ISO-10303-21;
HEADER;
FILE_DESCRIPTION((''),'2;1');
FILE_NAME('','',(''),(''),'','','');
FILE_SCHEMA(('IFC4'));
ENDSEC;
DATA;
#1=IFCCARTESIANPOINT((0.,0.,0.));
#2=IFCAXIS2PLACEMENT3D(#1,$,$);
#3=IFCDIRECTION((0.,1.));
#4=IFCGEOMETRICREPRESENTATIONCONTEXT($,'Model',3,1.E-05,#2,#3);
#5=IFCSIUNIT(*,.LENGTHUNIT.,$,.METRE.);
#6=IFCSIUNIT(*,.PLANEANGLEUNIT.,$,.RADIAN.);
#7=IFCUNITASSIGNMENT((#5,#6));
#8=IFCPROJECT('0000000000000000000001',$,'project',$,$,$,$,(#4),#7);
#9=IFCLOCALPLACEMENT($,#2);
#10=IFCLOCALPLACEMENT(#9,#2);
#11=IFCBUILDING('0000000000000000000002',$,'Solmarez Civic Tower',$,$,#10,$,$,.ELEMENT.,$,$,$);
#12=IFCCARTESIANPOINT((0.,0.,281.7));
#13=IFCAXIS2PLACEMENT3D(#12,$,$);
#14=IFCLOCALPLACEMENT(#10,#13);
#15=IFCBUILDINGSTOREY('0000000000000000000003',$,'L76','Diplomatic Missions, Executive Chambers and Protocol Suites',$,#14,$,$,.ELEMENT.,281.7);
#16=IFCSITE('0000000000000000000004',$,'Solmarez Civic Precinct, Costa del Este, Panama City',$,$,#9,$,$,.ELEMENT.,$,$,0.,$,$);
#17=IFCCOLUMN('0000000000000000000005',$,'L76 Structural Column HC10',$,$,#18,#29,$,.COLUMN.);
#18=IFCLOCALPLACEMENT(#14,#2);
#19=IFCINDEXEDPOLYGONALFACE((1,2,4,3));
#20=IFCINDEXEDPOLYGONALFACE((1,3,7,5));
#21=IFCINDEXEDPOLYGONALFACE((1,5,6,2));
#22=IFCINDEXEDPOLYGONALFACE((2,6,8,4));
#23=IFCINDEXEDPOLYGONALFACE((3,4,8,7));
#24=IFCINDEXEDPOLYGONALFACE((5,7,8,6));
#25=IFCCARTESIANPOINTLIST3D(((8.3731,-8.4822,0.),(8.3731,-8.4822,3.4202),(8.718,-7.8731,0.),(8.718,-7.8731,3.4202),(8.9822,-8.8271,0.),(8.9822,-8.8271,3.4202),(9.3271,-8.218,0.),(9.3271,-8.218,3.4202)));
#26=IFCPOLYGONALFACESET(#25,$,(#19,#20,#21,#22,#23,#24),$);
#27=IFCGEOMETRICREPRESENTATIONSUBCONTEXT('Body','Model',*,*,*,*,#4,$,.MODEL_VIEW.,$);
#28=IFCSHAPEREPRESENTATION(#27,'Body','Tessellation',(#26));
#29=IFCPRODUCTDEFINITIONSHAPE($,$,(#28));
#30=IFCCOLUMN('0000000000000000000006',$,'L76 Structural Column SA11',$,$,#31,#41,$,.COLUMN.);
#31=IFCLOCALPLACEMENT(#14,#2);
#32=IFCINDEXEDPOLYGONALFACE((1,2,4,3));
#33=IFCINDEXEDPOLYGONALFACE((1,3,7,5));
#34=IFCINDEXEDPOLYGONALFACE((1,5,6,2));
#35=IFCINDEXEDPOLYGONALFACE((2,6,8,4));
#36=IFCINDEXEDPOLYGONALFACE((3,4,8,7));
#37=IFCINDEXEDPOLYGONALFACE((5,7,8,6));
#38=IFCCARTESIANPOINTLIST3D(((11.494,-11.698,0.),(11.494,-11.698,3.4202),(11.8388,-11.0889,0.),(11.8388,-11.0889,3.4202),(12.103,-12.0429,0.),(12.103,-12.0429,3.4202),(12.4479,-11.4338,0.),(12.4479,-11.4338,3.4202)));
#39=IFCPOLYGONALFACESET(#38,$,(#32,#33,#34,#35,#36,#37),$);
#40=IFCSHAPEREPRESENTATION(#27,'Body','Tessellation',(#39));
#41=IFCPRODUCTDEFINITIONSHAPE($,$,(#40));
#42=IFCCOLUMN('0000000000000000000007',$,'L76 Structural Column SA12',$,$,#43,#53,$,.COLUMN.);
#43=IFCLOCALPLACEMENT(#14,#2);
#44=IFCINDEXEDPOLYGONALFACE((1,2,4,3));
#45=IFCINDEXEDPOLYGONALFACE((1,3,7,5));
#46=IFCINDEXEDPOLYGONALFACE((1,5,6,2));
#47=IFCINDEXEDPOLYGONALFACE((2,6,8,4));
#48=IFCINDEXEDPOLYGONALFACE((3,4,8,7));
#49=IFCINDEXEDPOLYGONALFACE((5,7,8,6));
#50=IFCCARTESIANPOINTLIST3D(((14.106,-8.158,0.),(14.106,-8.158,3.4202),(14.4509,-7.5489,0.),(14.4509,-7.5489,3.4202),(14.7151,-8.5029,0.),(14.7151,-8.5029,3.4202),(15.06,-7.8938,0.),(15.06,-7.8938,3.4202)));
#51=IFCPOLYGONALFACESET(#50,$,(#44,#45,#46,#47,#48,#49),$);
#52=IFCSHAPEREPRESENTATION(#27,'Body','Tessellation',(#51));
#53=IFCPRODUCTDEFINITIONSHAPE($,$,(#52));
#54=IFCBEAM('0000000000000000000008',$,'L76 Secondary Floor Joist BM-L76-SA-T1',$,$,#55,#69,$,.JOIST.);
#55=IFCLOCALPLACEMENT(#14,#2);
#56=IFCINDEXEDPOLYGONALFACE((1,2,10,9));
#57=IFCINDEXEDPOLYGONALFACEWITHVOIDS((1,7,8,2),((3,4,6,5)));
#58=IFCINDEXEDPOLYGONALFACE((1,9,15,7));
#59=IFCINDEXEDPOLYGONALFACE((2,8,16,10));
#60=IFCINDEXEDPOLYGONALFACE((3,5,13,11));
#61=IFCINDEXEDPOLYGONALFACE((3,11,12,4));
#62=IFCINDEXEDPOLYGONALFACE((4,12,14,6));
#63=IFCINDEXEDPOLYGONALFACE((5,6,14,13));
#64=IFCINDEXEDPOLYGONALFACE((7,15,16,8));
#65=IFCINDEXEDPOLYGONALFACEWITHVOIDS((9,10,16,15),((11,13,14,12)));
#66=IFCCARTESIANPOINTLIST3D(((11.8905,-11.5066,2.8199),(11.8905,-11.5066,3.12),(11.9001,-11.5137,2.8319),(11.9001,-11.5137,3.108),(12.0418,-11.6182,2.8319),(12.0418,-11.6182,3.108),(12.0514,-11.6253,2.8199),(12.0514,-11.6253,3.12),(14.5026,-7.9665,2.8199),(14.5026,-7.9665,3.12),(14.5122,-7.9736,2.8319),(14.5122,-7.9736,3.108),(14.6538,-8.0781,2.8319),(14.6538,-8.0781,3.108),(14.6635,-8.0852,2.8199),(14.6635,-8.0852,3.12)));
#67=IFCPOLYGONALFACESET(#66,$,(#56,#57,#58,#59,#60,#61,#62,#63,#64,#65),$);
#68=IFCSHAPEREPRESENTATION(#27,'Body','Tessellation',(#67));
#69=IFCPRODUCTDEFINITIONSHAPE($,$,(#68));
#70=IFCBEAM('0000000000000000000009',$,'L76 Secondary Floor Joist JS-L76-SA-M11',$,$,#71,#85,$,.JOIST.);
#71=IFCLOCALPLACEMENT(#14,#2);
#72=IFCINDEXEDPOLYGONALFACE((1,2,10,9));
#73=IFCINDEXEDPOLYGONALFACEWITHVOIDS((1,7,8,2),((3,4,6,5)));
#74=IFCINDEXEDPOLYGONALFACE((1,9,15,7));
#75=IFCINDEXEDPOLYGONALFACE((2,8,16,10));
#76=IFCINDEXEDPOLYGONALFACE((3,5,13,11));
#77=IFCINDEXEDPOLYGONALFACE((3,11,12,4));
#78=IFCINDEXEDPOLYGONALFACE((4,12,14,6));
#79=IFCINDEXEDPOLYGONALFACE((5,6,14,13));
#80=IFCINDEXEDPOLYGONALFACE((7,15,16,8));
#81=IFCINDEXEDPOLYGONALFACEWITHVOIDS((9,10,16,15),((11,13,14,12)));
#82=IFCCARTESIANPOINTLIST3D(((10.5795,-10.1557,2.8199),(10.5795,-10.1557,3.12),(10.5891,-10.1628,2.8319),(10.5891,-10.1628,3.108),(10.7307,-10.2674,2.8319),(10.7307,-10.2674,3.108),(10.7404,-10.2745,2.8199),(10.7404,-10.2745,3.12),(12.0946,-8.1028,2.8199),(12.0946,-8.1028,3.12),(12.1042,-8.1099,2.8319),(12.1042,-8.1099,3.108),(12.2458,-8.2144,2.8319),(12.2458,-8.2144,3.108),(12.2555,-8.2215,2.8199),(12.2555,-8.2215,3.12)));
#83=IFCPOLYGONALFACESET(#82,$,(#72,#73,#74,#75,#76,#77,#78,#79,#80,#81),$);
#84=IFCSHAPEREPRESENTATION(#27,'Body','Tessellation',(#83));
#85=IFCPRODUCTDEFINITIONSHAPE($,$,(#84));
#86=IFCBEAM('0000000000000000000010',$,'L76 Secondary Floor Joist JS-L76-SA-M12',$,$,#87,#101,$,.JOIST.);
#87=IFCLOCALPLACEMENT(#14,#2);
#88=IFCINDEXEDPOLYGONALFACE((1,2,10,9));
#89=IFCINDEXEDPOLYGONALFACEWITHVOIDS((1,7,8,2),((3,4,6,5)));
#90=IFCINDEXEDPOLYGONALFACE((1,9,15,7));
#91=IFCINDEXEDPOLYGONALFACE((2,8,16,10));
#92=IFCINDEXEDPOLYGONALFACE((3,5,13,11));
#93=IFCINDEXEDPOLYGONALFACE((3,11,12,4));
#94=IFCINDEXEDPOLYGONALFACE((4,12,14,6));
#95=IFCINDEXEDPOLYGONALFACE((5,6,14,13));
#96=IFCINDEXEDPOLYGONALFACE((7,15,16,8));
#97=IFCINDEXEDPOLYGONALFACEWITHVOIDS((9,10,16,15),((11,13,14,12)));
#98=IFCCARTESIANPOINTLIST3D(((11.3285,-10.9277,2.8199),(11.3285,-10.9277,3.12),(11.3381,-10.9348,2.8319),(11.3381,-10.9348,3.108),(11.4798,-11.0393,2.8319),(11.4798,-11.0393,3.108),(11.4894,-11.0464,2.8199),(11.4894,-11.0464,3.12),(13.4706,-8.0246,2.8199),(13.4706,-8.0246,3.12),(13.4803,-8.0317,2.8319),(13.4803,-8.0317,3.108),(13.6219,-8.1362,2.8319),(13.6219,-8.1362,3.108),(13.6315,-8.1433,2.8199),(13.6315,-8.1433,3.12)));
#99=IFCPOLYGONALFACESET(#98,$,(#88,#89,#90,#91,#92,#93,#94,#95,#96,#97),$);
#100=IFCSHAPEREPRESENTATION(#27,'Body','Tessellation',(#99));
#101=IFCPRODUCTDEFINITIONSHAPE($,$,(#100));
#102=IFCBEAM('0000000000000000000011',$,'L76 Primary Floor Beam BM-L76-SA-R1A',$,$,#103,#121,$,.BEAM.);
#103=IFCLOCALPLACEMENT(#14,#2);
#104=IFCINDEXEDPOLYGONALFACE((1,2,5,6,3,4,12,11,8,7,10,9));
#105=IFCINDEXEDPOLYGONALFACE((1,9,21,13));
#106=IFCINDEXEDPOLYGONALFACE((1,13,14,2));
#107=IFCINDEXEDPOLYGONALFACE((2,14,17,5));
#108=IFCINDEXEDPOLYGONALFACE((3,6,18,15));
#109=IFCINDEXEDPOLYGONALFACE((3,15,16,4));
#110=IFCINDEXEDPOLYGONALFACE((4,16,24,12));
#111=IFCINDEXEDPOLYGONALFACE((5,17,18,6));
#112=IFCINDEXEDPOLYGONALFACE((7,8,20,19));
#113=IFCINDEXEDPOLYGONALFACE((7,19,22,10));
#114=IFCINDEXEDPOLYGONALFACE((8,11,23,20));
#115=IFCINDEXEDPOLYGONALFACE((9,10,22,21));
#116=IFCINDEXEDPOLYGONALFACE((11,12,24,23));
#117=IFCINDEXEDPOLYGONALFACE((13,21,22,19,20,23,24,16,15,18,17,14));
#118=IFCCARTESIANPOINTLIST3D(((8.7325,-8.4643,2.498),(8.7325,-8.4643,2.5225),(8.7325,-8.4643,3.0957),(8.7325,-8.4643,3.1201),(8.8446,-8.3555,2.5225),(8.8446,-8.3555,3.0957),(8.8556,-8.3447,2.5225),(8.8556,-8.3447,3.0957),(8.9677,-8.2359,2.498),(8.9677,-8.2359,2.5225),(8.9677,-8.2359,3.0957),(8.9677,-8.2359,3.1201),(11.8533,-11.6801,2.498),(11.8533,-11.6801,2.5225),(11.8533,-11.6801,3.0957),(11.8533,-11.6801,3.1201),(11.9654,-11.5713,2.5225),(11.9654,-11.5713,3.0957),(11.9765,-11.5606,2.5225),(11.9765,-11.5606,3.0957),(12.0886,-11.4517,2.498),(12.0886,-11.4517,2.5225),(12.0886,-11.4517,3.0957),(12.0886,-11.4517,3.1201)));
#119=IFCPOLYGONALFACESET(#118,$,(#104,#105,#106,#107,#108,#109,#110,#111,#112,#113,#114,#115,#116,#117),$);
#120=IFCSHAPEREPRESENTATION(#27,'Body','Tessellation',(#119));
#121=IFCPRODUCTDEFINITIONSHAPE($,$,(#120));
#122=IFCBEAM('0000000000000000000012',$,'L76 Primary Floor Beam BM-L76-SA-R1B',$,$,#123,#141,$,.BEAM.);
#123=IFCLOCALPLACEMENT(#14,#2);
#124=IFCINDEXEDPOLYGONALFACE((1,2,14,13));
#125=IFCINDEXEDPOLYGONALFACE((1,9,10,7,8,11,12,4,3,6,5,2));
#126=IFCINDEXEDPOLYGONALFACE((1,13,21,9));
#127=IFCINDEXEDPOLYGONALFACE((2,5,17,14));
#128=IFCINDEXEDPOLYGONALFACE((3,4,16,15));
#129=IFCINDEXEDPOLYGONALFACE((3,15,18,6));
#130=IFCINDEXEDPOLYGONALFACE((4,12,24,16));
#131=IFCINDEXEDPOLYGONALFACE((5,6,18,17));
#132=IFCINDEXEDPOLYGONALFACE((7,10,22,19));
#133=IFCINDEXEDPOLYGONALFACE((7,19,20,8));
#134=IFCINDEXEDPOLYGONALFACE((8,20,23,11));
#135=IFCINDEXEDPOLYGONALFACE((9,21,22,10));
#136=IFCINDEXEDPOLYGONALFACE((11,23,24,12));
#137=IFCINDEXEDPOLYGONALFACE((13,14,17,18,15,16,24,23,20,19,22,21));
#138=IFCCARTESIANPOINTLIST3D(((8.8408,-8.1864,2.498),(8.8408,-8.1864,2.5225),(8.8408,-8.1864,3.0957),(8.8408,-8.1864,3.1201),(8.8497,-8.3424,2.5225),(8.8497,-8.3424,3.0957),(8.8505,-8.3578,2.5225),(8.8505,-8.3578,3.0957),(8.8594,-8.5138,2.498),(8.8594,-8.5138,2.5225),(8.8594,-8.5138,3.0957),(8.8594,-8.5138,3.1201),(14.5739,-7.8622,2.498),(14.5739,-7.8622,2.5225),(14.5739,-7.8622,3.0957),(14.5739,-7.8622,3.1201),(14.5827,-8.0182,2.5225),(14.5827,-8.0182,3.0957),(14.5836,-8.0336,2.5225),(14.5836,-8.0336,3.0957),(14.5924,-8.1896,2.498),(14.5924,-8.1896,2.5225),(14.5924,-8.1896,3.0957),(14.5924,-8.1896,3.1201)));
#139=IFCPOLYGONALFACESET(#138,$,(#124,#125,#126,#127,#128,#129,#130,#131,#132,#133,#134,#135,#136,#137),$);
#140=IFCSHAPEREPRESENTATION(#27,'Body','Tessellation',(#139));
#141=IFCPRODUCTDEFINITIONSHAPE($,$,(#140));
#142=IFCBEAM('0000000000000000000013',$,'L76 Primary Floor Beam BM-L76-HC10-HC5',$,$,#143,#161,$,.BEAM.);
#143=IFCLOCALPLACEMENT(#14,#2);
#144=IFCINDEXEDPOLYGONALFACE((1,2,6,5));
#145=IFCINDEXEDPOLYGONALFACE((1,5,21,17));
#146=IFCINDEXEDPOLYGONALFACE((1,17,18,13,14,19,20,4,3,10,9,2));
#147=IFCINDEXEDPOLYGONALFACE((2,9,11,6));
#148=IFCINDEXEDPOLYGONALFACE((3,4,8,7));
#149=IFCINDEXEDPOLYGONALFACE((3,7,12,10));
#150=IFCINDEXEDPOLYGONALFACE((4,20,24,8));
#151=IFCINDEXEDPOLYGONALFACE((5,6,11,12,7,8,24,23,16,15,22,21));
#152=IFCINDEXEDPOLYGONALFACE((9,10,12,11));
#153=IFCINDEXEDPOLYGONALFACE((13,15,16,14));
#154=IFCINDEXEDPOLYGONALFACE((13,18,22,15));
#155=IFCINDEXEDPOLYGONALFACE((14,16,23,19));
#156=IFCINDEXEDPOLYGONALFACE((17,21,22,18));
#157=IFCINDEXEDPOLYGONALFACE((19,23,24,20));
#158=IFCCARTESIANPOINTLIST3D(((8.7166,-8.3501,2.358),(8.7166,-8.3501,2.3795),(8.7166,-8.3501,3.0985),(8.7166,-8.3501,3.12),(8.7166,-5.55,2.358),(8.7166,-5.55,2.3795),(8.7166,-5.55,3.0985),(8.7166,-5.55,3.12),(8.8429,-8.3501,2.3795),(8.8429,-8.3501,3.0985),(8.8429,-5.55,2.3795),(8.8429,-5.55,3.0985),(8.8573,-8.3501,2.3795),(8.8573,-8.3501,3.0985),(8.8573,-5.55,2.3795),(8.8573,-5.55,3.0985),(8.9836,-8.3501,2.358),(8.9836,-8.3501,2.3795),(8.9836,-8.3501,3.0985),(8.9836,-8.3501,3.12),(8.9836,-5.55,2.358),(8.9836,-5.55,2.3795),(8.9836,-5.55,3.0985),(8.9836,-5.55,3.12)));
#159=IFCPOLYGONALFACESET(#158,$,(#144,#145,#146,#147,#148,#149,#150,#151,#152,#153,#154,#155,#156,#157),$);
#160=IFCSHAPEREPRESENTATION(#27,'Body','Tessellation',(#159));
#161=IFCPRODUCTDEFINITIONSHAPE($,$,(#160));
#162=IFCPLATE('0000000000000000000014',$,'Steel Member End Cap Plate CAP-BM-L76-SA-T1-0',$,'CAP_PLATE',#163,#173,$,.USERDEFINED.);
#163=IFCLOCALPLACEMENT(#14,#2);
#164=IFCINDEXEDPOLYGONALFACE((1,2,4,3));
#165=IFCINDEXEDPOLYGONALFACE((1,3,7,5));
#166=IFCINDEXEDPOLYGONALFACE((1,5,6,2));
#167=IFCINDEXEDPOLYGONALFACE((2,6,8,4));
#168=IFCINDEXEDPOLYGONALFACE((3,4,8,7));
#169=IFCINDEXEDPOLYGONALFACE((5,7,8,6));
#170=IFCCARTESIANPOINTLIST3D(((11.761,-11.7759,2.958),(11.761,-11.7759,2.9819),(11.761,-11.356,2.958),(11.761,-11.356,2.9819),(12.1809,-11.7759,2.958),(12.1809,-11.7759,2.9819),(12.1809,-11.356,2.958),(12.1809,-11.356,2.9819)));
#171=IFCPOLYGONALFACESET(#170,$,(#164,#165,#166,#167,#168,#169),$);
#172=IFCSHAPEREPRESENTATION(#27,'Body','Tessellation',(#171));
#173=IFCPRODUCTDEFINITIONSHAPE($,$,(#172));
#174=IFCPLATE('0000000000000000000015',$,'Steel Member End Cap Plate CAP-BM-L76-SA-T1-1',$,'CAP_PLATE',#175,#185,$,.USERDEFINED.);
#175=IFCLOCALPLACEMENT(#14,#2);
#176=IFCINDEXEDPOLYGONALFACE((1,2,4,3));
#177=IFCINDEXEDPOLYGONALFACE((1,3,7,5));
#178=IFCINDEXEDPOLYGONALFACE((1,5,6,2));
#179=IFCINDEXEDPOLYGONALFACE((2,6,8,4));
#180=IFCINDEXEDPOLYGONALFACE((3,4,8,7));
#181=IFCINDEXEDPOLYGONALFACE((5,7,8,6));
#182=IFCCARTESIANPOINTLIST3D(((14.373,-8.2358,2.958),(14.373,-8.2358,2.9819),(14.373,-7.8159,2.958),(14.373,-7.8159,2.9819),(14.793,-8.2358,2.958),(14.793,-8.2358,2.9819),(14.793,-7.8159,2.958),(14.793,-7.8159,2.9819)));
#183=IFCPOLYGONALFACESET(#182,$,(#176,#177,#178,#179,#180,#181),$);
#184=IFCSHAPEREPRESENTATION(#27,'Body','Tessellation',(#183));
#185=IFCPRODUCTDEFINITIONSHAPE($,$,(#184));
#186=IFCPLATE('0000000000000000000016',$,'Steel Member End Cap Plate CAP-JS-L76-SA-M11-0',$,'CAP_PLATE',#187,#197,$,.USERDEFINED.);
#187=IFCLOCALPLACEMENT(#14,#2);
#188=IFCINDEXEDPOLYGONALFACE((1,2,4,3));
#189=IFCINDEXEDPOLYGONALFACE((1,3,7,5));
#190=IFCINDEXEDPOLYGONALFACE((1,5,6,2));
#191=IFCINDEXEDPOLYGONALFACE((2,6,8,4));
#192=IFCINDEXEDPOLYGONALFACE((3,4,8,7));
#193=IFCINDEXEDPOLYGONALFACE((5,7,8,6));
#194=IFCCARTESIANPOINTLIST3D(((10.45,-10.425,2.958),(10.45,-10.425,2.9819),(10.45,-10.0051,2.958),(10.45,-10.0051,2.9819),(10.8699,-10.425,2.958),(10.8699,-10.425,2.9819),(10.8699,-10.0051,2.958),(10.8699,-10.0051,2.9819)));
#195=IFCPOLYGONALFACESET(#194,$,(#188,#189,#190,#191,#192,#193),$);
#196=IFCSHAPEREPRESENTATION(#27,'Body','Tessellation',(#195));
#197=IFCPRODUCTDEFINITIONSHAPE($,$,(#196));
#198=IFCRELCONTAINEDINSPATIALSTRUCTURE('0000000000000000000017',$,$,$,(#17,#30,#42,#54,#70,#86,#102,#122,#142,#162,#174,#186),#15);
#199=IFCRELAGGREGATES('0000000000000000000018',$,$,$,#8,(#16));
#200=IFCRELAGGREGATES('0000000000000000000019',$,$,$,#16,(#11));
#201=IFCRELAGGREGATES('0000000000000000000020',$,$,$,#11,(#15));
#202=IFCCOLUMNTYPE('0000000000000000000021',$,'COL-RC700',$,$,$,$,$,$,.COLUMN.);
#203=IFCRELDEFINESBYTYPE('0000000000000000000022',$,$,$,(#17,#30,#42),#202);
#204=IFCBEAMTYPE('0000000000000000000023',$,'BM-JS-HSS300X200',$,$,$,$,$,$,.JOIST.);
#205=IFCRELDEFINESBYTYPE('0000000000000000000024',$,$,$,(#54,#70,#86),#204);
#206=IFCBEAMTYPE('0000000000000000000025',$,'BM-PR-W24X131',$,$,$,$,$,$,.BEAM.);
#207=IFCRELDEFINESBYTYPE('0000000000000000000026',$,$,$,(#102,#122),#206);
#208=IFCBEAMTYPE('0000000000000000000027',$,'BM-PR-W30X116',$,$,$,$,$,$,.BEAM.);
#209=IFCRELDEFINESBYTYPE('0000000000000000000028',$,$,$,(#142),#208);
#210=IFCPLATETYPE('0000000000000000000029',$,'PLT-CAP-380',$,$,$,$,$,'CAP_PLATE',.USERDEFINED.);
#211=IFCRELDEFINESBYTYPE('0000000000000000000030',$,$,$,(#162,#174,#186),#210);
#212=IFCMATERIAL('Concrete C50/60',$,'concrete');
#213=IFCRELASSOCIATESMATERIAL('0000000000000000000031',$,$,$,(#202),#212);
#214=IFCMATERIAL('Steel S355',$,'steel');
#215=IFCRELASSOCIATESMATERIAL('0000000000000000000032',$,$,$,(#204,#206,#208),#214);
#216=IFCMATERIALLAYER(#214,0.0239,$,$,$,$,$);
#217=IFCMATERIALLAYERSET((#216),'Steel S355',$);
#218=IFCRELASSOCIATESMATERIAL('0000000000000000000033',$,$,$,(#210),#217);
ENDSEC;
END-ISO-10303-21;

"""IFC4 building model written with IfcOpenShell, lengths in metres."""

from ifc_helpers import new_model, si_unit, direction, frame, origin, origin_2d, place, context, subcontext, project, spatial, rectangle, hollow_rectangle, i_section, extrude, material, layer, layer_set, material_profile, profile_set, type_object, element, save


model = new_model("IFC4")

# Units and contexts
model_context = context("Model", 3, precision=1e-05, world=origin(), true_north=direction((0.0, 1.0)))
body_context = subcontext(model_context, "Body", "Model", "MODEL_VIEW")
ifc_project = project(units=[si_unit("LENGTHUNIT", "METRE"), si_unit("PLANEANGLEUNIT", "RADIAN")], contexts=[model_context])

# Site, building, storey
site_placement = place(None, origin())
site = spatial("IfcSite", under=ifc_project, at=site_placement, Name="Solmarez Civic Precinct, Costa del Este, Panama City", CompositionType="ELEMENT", RefElevation=0.0)
building_placement = place(site_placement, origin())
building = spatial("IfcBuilding", under=site, at=building_placement, Name="Solmarez Civic Tower", CompositionType="ELEMENT")
storey_placement = place(building_placement, frame((0.0, 0.0, 281.7)))
storey = spatial("IfcBuildingStorey", under=building, at=storey_placement, Name="L76", Description="Diplomatic Missions, Executive Chambers and Protocol Suites", CompositionType="ELEMENT", Elevation=281.7)

# Columns
ifc_material_1 = material(Name="Concrete C50/60", Category="concrete")
ifc_material_profile_1 = material_profile(ifc_material_1, rectangle(XDim=0.7, YDim=0.7, at=origin_2d()), Name="RC700X700")
ifc_profile_set_1 = profile_set([ifc_material_profile_1], Name="Concrete C50/60")
column_type = type_object("IfcColumnType", Name="COL-RC700", PredefinedType="COLUMN", material=ifc_profile_set_1)
for number, where, z_axis, x_axis, name in (
    (1, (8.8501, -8.3501, 0.0), (0.0, 0.0, 1.0), (0.492727, 0.870184, 0.0), "L76 Structural Column HC10"),
    (2, (11.9709, -11.5659, 0.0), (0.0, 0.0, 1.0), (0.492727, 0.870184, 0.0), "L76 Structural Column SA11"),
    (3, (14.583, -8.0259, 0.0), (0.0, 0.0, 1.0), (0.492727, 0.870184, 0.0), "L76 Structural Column SA12"),
):
    element("IfcColumn", number, at=place(storey_placement, frame(where, z_axis=z_axis, x_axis=x_axis)), inside=storey, type_object=column_type, Name=name, PredefinedType="COLUMN", context=body_context, shape_type="SweptSolid", body=[
        extrude(rectangle(XDim=0.7, YDim=0.7, at=origin_2d()), origin(), (0.0, 0.0, 1.0), 3.4202),
    ])

# Beams
ifc_material_2 = material(Name="Steel S355", Category="steel")
ifc_material_profile_2 = material_profile(ifc_material_2, hollow_rectangle(XDim=0.2, YDim=0.3, WallThickness=0.012, at=origin_2d()), Name="HSS300X200X12")
ifc_profile_set_2 = profile_set([ifc_material_profile_2], Name="Steel S355")
beam_type_1 = type_object("IfcBeamType", Name="BM-JS-HSS300X200", PredefinedType="JOIST", material=ifc_profile_set_2)
beam_1_placement = place(storey_placement, frame((11.9709, -11.5659, 2.97), z_axis=(0.593731, 0.804664, 0.0), x_axis=(-0.804664, 0.593731, 0.0)))
element("IfcBeam", 4, at=beam_1_placement, inside=storey, type_object=beam_type_1, Name="L76 Secondary Floor Joist BM-L76-SA-T1", PredefinedType="JOIST", context=body_context, shape_type="SweptSolid", body=[
    extrude(hollow_rectangle(XDim=0.2, YDim=0.3, WallThickness=0.012, at=origin_2d()), origin(), (0.0, 0.0, 1.0), 4.3994),
])
beam_2_placement = place(storey_placement, frame((10.6599, -10.2151, 2.97), z_axis=(0.593812, 0.804603, 0.0), x_axis=(-0.804603, 0.593812, 0.0)))
element("IfcBeam", 5, at=beam_2_placement, inside=storey, type_object=beam_type_1, Name="L76 Secondary Floor Joist JS-L76-SA-M11", PredefinedType="JOIST", context=body_context, shape_type="SweptSolid", body=[
    extrude(hollow_rectangle(XDim=0.2, YDim=0.3, WallThickness=0.012, at=origin_2d()), origin(), (0.0, 0.0, 1.0), 2.5515),
])
beam_3_placement = place(storey_placement, frame((11.4089, -10.9871, 2.97), z_axis=(0.593734, 0.804661, 0.0), x_axis=(-0.804661, 0.593734, 0.0)))
element("IfcBeam", 6, at=beam_3_placement, inside=storey, type_object=beam_type_1, Name="L76 Secondary Floor Joist JS-L76-SA-M12", PredefinedType="JOIST", context=body_context, shape_type="SweptSolid", body=[
    extrude(hollow_rectangle(XDim=0.2, YDim=0.3, WallThickness=0.012, at=origin_2d()), origin(), (0.0, 0.0, 1.0), 3.6079),
])
ifc_material_profile_3 = material_profile(ifc_material_2, i_section(OverallWidth=0.3279, OverallDepth=0.6221, WebThickness=0.0154, FlangeThickness=0.0244, at=origin_2d()), Name="W24X131")
ifc_profile_set_3 = profile_set([ifc_material_profile_3], Name="Steel S355")
beam_type_2 = type_object("IfcBeamType", Name="BM-PR-W24X131", PredefinedType="BEAM", material=ifc_profile_set_3)
beam_4_placement = place(storey_placement, frame((8.8501, -8.3501, 2.8091), z_axis=(0.696431, -0.717624, 0.0), x_axis=(0.717624, 0.696431, 0.0)))
element("IfcBeam", 7, at=beam_4_placement, inside=storey, type_object=beam_type_2, Name="L76 Primary Floor Beam BM-L76-SA-R1A", PredefinedType="BEAM", context=body_context, shape_type="SweptSolid", body=[
    extrude(i_section(OverallWidth=0.3279, OverallDepth=0.6221, WebThickness=0.0154, FlangeThickness=0.0244, at=origin_2d()), origin(), (0.0, 0.0, 1.0), 4.4812),
])
beam_5_placement = place(storey_placement, frame((8.8501, -8.3501, 2.8091), z_axis=(0.998405, 0.056464, 0.0), x_axis=(-0.056464, 0.998405, 0.0)))
element("IfcBeam", 8, at=beam_5_placement, inside=storey, type_object=beam_type_2, Name="L76 Primary Floor Beam BM-L76-SA-R1B", PredefinedType="BEAM", context=body_context, shape_type="SweptSolid", body=[
    extrude(i_section(OverallWidth=0.3279, OverallDepth=0.6221, WebThickness=0.0154, FlangeThickness=0.0244, at=origin_2d()), origin(), (0.0, 0.0, 1.0), 5.7422),
])
ifc_material_profile_4 = material_profile(ifc_material_2, i_section(OverallWidth=0.2671, OverallDepth=0.762, WebThickness=0.0144, FlangeThickness=0.0215, at=origin_2d()), Name="W30X116")
ifc_profile_set_4 = profile_set([ifc_material_profile_4], Name="Steel S355")
beam_type_3 = type_object("IfcBeamType", Name="BM-PR-W30X116", PredefinedType="BEAM", material=ifc_profile_set_4)
beam_6_placement = place(storey_placement, frame((8.8501, -8.3501, 2.739), z_axis=(0.0, 1.0, 0.0), x_axis=(-1.0, 0.0, 0.0)))
element("IfcBeam", 9, at=beam_6_placement, inside=storey, type_object=beam_type_3, Name="L76 Primary Floor Beam BM-L76-HC10-HC5", PredefinedType="BEAM", context=body_context, shape_type="SweptSolid", body=[
    extrude(i_section(OverallWidth=0.2671, OverallDepth=0.762, WebThickness=0.0144, FlangeThickness=0.0215, at=origin_2d()), origin(), (0.0, 0.0, 1.0), 2.8),
])

# Plates
ifc_layer_1 = layer(ifc_material_2, 0.0239)
ifc_layer_set_1 = layer_set([ifc_layer_1], Name="Steel S355")
plate_type = type_object("IfcPlateType", Name="PLT-CAP-380", ElementType="CAP_PLATE", PredefinedType="USERDEFINED", material=ifc_layer_set_1)
for number, where, z_axis, x_axis, name in (
    (10, (11.9709, -11.5659, 2.958), (0.0, 0.0, 1.0), (1.0, 0.0, 0.0), "Steel Member End Cap Plate CAP-BM-L76-SA-T1-0"),
    (11, (14.583, -8.0259, 2.958), (0.0, 0.0, 1.0), (1.0, 0.0, 0.0), "Steel Member End Cap Plate CAP-BM-L76-SA-T1-1"),
    (12, (10.6599, -10.2151, 2.958), (0.0, 0.0, 1.0), (1.0, 0.0, 0.0), "Steel Member End Cap Plate CAP-JS-L76-SA-M11-0"),
):
    element("IfcPlate", number, at=place(storey_placement, frame(where, z_axis=z_axis, x_axis=x_axis)), inside=storey, type_object=plate_type, Name=name, ObjectType="CAP_PLATE", PredefinedType="USERDEFINED", context=body_context, shape_type="SweptSolid", body=[
        extrude(rectangle(XDim=0.4199, YDim=0.4199, at=origin_2d()), origin(), (0.0, 0.0, 1.0), 0.0239),
    ])

save(model, "model.ifc")
